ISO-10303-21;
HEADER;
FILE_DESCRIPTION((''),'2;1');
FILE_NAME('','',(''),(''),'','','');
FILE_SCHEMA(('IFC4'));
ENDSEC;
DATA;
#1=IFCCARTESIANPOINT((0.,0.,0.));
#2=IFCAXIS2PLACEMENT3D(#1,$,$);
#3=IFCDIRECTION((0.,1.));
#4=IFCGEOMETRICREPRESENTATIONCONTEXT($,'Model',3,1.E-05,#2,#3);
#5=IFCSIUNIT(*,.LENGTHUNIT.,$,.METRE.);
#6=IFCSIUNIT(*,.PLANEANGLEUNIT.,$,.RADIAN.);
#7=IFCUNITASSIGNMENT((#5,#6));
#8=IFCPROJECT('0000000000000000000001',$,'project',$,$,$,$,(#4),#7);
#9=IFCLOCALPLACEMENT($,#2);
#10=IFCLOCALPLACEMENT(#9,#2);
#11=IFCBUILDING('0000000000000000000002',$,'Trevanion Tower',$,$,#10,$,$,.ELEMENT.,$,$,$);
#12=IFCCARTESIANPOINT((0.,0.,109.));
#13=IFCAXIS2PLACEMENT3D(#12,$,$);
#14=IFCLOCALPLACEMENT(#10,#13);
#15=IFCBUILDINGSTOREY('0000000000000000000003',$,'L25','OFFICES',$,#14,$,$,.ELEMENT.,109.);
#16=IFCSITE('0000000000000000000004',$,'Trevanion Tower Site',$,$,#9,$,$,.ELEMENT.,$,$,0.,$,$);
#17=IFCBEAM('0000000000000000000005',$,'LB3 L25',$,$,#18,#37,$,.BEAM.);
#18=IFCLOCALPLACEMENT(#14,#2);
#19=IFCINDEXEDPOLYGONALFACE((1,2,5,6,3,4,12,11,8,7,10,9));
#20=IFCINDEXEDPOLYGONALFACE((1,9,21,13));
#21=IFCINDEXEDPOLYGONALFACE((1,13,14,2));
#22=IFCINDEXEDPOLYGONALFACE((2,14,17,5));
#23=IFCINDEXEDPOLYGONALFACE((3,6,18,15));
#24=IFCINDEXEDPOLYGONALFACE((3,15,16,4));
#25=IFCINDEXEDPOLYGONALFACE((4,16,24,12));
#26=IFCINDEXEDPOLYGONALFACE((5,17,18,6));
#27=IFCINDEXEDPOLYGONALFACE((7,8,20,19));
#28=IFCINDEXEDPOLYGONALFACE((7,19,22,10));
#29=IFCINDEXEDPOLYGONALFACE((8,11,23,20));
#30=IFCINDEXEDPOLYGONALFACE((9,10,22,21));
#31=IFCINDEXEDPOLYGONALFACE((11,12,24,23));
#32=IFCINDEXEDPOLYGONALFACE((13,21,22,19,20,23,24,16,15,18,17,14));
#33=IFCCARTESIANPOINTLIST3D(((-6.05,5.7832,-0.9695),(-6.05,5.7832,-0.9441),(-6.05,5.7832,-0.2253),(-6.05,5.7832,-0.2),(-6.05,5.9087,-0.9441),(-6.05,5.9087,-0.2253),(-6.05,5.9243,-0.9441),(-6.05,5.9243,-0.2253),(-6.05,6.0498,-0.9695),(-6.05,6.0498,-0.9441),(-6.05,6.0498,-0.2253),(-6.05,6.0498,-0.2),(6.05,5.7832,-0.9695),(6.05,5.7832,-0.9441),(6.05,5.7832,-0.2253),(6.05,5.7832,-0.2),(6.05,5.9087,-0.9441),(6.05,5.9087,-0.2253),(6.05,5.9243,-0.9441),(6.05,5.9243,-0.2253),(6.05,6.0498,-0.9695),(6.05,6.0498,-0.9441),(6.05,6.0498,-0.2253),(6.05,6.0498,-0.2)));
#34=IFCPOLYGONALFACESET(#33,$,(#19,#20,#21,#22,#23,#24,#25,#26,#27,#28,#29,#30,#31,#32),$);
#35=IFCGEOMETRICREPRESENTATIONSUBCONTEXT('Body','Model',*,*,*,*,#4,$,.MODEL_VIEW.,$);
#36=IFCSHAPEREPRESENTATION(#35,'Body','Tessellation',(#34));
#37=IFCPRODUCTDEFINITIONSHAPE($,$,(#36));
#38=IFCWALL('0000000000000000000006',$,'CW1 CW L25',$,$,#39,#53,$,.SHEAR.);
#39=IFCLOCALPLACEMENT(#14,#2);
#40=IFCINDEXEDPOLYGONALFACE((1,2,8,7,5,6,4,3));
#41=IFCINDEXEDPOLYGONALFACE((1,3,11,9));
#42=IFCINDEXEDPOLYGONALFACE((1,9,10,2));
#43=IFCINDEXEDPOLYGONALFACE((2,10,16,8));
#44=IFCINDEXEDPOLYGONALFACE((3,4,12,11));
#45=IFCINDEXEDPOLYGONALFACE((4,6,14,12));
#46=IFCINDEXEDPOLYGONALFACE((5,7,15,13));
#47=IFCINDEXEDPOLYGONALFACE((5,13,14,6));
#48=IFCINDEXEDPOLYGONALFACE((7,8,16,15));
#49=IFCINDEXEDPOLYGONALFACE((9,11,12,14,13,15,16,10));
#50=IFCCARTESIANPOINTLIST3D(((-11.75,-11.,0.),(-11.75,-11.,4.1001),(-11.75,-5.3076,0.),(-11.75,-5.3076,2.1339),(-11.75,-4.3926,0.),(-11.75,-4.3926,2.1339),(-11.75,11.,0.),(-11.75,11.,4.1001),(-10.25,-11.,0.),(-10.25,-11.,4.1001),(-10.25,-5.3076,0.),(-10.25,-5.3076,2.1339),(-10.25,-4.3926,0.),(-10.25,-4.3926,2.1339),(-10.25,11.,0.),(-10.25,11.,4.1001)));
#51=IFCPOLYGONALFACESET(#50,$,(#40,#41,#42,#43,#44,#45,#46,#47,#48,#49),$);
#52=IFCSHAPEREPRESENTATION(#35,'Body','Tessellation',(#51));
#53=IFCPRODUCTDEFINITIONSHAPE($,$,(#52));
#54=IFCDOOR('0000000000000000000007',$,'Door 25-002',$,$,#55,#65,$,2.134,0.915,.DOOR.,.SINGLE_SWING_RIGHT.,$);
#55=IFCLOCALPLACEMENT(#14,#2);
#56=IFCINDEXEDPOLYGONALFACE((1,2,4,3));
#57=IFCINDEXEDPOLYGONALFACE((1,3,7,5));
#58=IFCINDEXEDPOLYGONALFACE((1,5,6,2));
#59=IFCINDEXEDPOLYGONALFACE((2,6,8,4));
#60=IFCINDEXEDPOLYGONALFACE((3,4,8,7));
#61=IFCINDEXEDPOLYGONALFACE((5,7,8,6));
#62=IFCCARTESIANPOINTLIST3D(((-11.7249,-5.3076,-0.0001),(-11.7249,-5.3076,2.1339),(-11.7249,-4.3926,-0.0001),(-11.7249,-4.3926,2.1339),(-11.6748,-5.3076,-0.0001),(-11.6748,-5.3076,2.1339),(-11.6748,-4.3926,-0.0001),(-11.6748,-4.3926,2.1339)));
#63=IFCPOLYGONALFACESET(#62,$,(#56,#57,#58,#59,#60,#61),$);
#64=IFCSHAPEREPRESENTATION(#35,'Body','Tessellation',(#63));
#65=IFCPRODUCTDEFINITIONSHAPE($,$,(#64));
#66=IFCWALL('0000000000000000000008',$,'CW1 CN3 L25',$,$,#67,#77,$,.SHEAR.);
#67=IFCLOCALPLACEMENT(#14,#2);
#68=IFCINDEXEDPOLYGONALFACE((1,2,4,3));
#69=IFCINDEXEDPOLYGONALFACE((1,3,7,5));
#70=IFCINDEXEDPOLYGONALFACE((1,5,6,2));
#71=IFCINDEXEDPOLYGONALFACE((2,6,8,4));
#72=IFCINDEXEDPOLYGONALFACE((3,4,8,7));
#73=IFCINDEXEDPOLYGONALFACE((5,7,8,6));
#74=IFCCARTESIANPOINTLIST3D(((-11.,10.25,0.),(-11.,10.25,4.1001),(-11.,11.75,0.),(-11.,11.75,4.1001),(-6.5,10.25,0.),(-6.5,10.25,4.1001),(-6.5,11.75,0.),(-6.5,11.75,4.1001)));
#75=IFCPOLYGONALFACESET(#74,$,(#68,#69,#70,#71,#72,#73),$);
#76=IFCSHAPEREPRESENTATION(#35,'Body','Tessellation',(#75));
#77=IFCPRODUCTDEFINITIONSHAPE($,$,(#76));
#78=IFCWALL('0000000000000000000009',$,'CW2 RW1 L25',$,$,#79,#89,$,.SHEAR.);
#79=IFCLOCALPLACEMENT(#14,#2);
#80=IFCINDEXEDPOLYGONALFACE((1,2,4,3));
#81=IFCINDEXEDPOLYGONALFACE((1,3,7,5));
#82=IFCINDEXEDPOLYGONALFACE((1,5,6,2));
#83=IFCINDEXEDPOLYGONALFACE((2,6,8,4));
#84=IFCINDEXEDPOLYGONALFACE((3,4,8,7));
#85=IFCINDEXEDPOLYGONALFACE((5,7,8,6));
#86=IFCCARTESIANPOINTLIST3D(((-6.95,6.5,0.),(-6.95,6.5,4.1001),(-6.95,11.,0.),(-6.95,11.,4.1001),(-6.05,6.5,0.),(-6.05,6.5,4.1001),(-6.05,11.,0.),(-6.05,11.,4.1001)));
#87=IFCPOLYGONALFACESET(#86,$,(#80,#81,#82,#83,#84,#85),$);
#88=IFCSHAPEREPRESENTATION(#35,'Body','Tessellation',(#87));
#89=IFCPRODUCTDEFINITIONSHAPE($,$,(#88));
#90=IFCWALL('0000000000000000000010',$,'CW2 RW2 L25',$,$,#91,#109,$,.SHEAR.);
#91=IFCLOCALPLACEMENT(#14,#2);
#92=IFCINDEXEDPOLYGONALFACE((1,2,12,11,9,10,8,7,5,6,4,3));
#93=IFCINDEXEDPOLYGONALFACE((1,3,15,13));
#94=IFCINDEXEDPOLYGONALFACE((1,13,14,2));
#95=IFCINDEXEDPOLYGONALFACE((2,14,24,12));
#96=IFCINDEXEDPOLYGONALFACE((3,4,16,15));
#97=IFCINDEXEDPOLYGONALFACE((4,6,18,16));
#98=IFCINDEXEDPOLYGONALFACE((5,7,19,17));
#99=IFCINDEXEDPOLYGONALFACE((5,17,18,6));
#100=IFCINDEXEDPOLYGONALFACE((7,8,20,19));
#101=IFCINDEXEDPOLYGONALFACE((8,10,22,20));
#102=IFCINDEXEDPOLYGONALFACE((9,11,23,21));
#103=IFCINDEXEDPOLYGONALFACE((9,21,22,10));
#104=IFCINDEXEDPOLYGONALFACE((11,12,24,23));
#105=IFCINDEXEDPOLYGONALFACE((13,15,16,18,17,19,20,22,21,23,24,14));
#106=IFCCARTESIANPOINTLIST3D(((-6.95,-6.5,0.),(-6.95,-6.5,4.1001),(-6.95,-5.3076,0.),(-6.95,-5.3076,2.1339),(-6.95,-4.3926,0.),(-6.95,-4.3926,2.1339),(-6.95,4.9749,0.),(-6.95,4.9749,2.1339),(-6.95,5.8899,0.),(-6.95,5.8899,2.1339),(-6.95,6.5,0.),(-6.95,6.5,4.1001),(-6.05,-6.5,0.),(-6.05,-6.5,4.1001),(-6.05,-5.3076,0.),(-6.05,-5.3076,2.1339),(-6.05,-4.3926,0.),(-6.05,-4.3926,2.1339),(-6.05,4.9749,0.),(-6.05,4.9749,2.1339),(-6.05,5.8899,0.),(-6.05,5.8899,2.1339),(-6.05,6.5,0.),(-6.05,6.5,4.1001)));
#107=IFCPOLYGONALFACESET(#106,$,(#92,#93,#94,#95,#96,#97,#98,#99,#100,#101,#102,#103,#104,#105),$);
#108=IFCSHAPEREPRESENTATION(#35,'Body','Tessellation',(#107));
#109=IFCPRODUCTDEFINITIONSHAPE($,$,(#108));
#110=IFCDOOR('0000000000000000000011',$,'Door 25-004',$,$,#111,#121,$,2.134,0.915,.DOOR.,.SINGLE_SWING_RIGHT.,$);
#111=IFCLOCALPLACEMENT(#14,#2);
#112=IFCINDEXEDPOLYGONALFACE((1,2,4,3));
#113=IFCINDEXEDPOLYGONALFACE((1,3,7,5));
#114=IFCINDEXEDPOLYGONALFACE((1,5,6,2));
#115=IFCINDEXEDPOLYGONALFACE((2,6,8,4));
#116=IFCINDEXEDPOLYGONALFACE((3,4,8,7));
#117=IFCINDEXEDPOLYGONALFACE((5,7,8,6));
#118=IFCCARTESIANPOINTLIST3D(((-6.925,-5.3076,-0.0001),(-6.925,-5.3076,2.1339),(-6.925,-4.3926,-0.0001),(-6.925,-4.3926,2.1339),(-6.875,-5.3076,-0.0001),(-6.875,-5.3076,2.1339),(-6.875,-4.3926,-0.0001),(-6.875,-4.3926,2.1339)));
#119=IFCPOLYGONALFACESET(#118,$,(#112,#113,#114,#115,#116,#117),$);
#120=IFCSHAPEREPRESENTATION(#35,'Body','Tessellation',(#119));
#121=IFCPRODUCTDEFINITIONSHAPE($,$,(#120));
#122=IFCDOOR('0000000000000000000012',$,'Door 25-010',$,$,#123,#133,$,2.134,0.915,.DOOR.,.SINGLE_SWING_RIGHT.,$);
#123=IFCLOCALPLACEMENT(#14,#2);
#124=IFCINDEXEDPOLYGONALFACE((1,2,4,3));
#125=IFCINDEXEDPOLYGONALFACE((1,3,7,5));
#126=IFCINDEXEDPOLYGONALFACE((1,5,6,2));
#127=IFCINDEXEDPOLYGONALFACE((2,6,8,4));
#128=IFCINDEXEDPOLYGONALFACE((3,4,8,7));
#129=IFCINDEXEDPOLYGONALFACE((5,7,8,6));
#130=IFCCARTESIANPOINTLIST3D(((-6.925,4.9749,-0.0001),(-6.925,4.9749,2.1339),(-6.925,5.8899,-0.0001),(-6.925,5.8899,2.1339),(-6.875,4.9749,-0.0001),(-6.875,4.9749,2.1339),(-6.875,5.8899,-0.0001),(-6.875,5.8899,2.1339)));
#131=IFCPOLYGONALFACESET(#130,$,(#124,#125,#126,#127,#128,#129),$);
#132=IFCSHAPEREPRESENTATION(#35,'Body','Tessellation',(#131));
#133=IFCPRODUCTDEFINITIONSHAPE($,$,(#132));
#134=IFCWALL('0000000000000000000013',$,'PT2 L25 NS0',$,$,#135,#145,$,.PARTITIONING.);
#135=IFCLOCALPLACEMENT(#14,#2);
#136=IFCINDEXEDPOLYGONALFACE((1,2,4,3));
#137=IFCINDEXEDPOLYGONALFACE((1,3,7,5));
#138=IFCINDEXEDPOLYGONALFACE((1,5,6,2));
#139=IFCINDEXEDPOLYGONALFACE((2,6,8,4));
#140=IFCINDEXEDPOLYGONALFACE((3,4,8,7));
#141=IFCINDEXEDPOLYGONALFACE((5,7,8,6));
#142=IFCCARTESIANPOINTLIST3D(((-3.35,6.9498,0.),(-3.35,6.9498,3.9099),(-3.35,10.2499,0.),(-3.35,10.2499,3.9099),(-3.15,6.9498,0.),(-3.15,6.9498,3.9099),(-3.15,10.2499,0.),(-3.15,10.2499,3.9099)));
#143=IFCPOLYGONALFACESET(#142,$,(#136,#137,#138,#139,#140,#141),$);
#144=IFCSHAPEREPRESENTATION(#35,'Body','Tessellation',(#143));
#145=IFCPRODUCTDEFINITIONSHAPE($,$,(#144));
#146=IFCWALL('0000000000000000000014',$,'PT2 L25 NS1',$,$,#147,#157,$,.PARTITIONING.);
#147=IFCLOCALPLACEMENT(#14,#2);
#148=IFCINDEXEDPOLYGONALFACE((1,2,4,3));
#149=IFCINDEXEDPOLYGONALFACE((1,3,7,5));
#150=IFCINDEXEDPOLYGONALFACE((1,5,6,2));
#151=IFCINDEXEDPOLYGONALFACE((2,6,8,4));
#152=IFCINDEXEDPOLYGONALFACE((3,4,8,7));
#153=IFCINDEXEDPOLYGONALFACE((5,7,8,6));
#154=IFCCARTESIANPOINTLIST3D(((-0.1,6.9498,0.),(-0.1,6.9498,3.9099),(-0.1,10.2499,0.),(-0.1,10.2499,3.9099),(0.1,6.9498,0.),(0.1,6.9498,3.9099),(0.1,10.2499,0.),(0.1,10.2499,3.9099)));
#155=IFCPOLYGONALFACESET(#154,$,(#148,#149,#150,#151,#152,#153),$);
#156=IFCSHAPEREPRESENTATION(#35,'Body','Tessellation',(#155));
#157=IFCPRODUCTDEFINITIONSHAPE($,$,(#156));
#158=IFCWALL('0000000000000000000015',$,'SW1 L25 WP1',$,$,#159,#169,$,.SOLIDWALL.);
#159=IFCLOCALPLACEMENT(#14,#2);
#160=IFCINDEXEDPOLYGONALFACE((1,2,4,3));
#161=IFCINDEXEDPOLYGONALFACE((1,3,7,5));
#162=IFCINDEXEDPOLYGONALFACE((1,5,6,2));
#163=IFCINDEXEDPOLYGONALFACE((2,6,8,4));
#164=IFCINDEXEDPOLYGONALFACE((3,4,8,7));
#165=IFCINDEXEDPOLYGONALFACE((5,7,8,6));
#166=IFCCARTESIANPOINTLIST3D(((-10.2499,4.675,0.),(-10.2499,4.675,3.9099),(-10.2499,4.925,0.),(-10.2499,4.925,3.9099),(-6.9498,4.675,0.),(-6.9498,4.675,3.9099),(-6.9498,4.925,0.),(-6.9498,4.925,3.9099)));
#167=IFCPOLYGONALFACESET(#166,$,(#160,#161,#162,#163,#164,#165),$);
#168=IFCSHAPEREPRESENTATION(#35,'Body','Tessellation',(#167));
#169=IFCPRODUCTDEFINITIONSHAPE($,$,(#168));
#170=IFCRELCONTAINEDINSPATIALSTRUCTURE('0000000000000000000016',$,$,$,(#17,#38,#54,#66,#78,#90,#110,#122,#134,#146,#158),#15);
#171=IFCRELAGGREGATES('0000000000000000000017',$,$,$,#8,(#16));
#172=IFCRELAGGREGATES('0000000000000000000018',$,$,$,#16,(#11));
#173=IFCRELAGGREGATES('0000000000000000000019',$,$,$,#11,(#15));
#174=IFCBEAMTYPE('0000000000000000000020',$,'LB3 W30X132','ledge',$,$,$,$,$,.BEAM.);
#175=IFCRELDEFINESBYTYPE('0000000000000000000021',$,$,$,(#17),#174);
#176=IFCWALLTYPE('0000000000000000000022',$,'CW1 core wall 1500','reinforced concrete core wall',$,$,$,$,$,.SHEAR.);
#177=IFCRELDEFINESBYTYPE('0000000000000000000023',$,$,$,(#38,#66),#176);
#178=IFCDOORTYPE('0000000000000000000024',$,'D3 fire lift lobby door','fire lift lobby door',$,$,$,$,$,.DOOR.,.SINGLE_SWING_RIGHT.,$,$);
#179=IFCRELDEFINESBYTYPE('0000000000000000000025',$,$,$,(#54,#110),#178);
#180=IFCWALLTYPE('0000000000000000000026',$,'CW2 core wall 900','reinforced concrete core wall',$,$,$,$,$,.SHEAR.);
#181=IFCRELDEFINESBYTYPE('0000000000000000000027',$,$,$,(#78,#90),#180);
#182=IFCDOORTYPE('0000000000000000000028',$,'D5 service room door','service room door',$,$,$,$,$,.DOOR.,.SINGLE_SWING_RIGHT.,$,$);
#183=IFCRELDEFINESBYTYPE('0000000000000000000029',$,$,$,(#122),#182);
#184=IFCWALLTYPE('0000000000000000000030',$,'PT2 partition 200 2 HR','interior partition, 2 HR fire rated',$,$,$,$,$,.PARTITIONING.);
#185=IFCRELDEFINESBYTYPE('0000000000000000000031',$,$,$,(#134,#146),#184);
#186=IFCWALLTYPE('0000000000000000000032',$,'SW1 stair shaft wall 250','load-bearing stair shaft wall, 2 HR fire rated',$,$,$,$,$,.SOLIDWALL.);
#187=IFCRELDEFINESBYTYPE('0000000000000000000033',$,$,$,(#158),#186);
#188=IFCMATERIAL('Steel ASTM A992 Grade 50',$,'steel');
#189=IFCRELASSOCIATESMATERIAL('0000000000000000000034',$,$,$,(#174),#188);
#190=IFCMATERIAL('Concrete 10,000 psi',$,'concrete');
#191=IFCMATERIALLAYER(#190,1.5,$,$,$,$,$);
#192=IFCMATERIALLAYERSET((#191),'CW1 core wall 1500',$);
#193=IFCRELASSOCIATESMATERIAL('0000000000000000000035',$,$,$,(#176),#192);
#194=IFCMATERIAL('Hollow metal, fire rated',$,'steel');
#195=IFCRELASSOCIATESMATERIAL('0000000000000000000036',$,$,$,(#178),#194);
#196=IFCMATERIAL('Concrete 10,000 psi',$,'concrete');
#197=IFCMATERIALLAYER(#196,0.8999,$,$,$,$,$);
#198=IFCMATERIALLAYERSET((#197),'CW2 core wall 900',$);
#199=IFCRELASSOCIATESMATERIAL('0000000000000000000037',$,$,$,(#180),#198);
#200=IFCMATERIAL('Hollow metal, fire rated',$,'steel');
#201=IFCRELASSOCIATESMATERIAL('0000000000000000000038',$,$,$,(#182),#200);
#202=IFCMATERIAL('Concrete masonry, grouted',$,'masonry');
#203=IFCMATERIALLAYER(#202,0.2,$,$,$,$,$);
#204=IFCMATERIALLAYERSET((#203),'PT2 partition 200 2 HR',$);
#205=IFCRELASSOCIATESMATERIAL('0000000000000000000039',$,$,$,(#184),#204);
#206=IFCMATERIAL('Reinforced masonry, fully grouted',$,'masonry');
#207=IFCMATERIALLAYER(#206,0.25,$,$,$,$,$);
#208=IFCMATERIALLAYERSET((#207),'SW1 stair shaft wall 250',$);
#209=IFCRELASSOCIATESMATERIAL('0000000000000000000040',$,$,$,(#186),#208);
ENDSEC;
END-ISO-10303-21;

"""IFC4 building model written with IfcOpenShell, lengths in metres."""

from ifc_helpers import new_model, si_unit, direction, frame, frame_2d, origin, origin_2d, place, context, subcontext, project, spatial, rectangle, i_section, extrude, material, layer, layer_set, material_profile, profile_set, type_object, element, fill, save


model = new_model("IFC4")

# Units and contexts
model_context = context("Model", 3, precision=1e-05, world=origin(), true_north=direction((0.0, 1.0)))
body_context = subcontext(model_context, "Body", "Model", "MODEL_VIEW")
ifc_project = project(units=[si_unit("LENGTHUNIT", "METRE"), si_unit("PLANEANGLEUNIT", "RADIAN")], contexts=[model_context])

# Site, building, storey
site_placement = place(None, origin())
site = spatial("IfcSite", under=ifc_project, at=site_placement, Name="Trevanion Tower Site", CompositionType="ELEMENT", RefElevation=0.0)
building_placement = place(site_placement, origin())
building = spatial("IfcBuilding", under=site, at=building_placement, Name="Trevanion Tower", CompositionType="ELEMENT")
storey_placement = place(building_placement, frame((0.0, 0.0, 109.0)))
storey = spatial("IfcBuildingStorey", under=building, at=storey_placement, Name="L25", Description="OFFICES", CompositionType="ELEMENT", Elevation=109.0)

# Beam
ifc_material_1 = material(Name="Steel ASTM A992 Grade 50", Category="steel")
ifc_material_profile_1 = material_profile(ifc_material_1, i_section(OverallWidth=0.2666, OverallDepth=0.7695, WebThickness=0.0156, FlangeThickness=0.0254, at=origin_2d()), Name="W30X132")
ifc_profile_set_1 = profile_set([ifc_material_profile_1], Name="Steel ASTM A992 Grade 50")
beam_type_1 = type_object("IfcBeamType", Name="LB3 W30X132", Description="ledge", PredefinedType="BEAM", material=ifc_profile_set_1)
beam_1_placement = place(storey_placement, frame((-6.05, 5.9165, -0.5847), z_axis=(1.0, 0.0, 0.0), x_axis=(0.0, 1.0, 0.0)))
element("IfcBeam", 1, at=beam_1_placement, inside=storey, type_object=beam_type_1, Name="LB3 L25", PredefinedType="BEAM", context=body_context, shape_type="SweptSolid", body=[
    extrude(i_section(OverallWidth=0.2666, OverallDepth=0.7695, WebThickness=0.0156, FlangeThickness=0.0254, at=origin_2d()), origin(), (0.0, 0.0, 1.0), 12.1001),
])

# Wall, opening, door
ifc_material_2 = material(Name="Concrete 10,000 psi", Category="concrete")
ifc_layer_1 = layer(ifc_material_2, 1.5)
ifc_layer_set_1 = layer_set([ifc_layer_1], Name="CW1 core wall 1500")
wall_type_1 = type_object("IfcWallType", Name="CW1 core wall 1500", Description="reinforced concrete core wall", PredefinedType="SHEAR", material=ifc_layer_set_1)
wall_1_placement = place(storey_placement, frame((-11.0, 11.0, 0.0), z_axis=(0.0, 0.0, 1.0), x_axis=(0.0, -1.0, 0.0)))
wall_1 = element("IfcWall", 2, at=wall_1_placement, inside=storey, type_object=wall_type_1, Name="CW1 CW L25", PredefinedType="SHEAR", context=body_context, shape_type="SweptSolid", body=[
    extrude(rectangle(XDim=22.0, YDim=1.5, at=frame_2d((11.0, 0.0))), origin(), (0.0, 0.0, 1.0), 4.1001),
])
opening_1_placement = place(wall_1_placement, frame((15.3926, 0.0, 0.0)))
opening_1 = element("IfcOpeningElement", 3, at=opening_1_placement, cuts=wall_1, PredefinedType="OPENING", context=body_context, shape_type="SweptSolid", body=[
    extrude(rectangle(XDim=0.915, YDim=2.134, at=frame_2d((0.4575, 1.0669))), frame((0.0, 0.76, 0.0), z_axis=(0.0, -1.0, 0.0), x_axis=(1.0, 0.0, 0.0)), (0.0, 0.0, 1.0), 1.52),
])
ifc_material_3 = material(Name="Hollow metal, fire rated", Category="steel")
door_type_1 = type_object("IfcDoorType", Name="D3 fire lift lobby door", Description="fire lift lobby door", OperationType="SINGLE_SWING_RIGHT", PredefinedType="DOOR", material=ifc_material_3)
door_1_placement = place(opening_1_placement, origin())
door_1 = element("IfcDoor", 4, at=door_1_placement, inside=storey, type_object=door_type_1, Name="Door 25-002", OperationType="SINGLE_SWING_RIGHT", OverallHeight=2.134, OverallWidth=0.915, PredefinedType="DOOR", context=body_context, shape_type="SweptSolid", body=[
    extrude(rectangle(XDim=0.915, YDim=2.134, at=frame_2d((0.4575, 1.0669))), frame((0.0, -0.6748, 0.0), z_axis=(0.0, -1.0, 0.0), x_axis=(1.0, 0.0, 0.0)), (0.0, 0.0, 1.0), 0.05),
])
fill(opening_1, door_1)

# Walls
wall_2_placement = place(storey_placement, frame((-6.5, 11.0, 0.0), z_axis=(0.0, 0.0, 1.0), x_axis=(-1.0, 0.0, 0.0)))
element("IfcWall", 5, at=wall_2_placement, inside=storey, type_object=wall_type_1, Name="CW1 CN3 L25", PredefinedType="SHEAR", context=body_context, shape_type="SweptSolid", body=[
    extrude(rectangle(XDim=4.5, YDim=1.5, at=frame_2d((2.25, 0.0))), origin(), (0.0, 0.0, 1.0), 4.1001),
])
ifc_material_4 = material(Name="Concrete 10,000 psi", Category="concrete")
ifc_layer_2 = layer(ifc_material_4, 0.8999)
ifc_layer_set_2 = layer_set([ifc_layer_2], Name="CW2 core wall 900")
wall_type_2 = type_object("IfcWallType", Name="CW2 core wall 900", Description="reinforced concrete core wall", PredefinedType="SHEAR", material=ifc_layer_set_2)
wall_3_placement = place(storey_placement, frame((-6.5, 11.0, 0.0), z_axis=(0.0, 0.0, 1.0), x_axis=(0.0, -1.0, 0.0)))
element("IfcWall", 6, at=wall_3_placement, inside=storey, type_object=wall_type_2, Name="CW2 RW1 L25", PredefinedType="SHEAR", context=body_context, shape_type="SweptSolid", body=[
    extrude(rectangle(XDim=4.5, YDim=0.8999, at=frame_2d((2.25, 0.0))), origin(), (0.0, 0.0, 1.0), 4.1001),
])

# Wall, openings, doors
wall_4_placement = place(storey_placement, frame((-6.5, 6.5, 0.0), z_axis=(0.0, 0.0, 1.0), x_axis=(0.0, -1.0, 0.0)))
wall_4 = element("IfcWall", 7, at=wall_4_placement, inside=storey, type_object=wall_type_2, Name="CW2 RW2 L25", PredefinedType="SHEAR", context=body_context, shape_type="SweptSolid", body=[
    extrude(rectangle(XDim=13.0, YDim=0.8999, at=frame_2d((6.5, 0.0))), origin(), (0.0, 0.0, 1.0), 4.1001),
])
opening_2_placement = place(wall_4_placement, frame((10.8926, 0.0, 0.0)))
opening_2 = element("IfcOpeningElement", 8, at=opening_2_placement, cuts=wall_4, PredefinedType="OPENING", context=body_context, shape_type="SweptSolid", body=[
    extrude(rectangle(XDim=0.915, YDim=2.134, at=frame_2d((0.4575, 1.0669))), frame((0.0, 0.46, 0.0), z_axis=(0.0, -1.0, 0.0), x_axis=(1.0, 0.0, 0.0)), (0.0, 0.0, 1.0), 0.9199),
])
opening_3_placement = place(wall_4_placement, frame((0.6101, 0.0, 0.0)))
opening_3 = element("IfcOpeningElement", 9, at=opening_3_placement, cuts=wall_4, PredefinedType="OPENING", context=body_context, shape_type="SweptSolid", body=[
    extrude(rectangle(XDim=0.915, YDim=2.134, at=frame_2d((0.4575, 1.0669))), frame((0.0, 0.46, 0.0), z_axis=(0.0, -1.0, 0.0), x_axis=(1.0, 0.0, 0.0)), (0.0, 0.0, 1.0), 0.9199),
])
door_2_placement = place(opening_2_placement, origin())
door_2 = element("IfcDoor", 10, at=door_2_placement, inside=storey, type_object=door_type_1, Name="Door 25-004", OperationType="SINGLE_SWING_RIGHT", OverallHeight=2.134, OverallWidth=0.915, PredefinedType="DOOR", context=body_context, shape_type="SweptSolid", body=[
    extrude(rectangle(XDim=0.915, YDim=2.134, at=frame_2d((0.4575, 1.0669))), frame((0.0, -0.375, 0.0), z_axis=(0.0, -1.0, 0.0), x_axis=(1.0, 0.0, 0.0)), (0.0, 0.0, 1.0), 0.05),
])
fill(opening_2, door_2)
ifc_material_5 = material(Name="Hollow metal, fire rated", Category="steel")
door_type_2 = type_object("IfcDoorType", Name="D5 service room door", Description="service room door", OperationType="SINGLE_SWING_RIGHT", PredefinedType="DOOR", material=ifc_material_5)
door_3_placement = place(opening_3_placement, origin())
door_3 = element("IfcDoor", 11, at=door_3_placement, inside=storey, type_object=door_type_2, Name="Door 25-010", OperationType="SINGLE_SWING_RIGHT", OverallHeight=2.134, OverallWidth=0.915, PredefinedType="DOOR", context=body_context, shape_type="SweptSolid", body=[
    extrude(rectangle(XDim=0.915, YDim=2.134, at=frame_2d((0.4575, 1.0669))), frame((0.0, -0.375, 0.0), z_axis=(0.0, -1.0, 0.0), x_axis=(1.0, 0.0, 0.0)), (0.0, 0.0, 1.0), 0.05),
])
fill(opening_3, door_3)

# Walls
ifc_material_6 = material(Name="Concrete masonry, grouted", Category="masonry")
ifc_layer_3 = layer(ifc_material_6, 0.2)
ifc_layer_set_3 = layer_set([ifc_layer_3], Name="PT2 partition 200 2 HR")
wall_type_3 = type_object("IfcWallType", Name="PT2 partition 200 2 HR", Description="interior partition, 2 HR fire rated", PredefinedType="PARTITIONING", material=ifc_layer_set_3)
for number, where, z_axis, x_axis, name in (
    (12, (-3.25, 6.95, 0.0), (0.0, 0.0, 1.0), (0.0, 1.0, 0.0), "PT2 L25 NS0"),
    (13, (0.0, 6.95, 0.0), (0.0, 0.0, 1.0), (0.0, 1.0, 0.0), "PT2 L25 NS1"),
):
    element("IfcWall", number, at=place(storey_placement, frame(where, z_axis=z_axis, x_axis=x_axis)), inside=storey, type_object=wall_type_3, Name=name, PredefinedType="PARTITIONING", context=body_context, shape_type="SweptSolid", body=[
        extrude(rectangle(XDim=3.3, YDim=0.2, at=frame_2d((1.6499, 0.0))), origin(), (0.0, 0.0, 1.0), 3.9099),
    ])
ifc_material_7 = material(Name="Reinforced masonry, fully grouted", Category="masonry")
ifc_layer_4 = layer(ifc_material_7, 0.25)
ifc_layer_set_4 = layer_set([ifc_layer_4], Name="SW1 stair shaft wall 250")
wall_type_4 = type_object("IfcWallType", Name="SW1 stair shaft wall 250", Description="load-bearing stair shaft wall, 2 HR fire rated", PredefinedType="SOLIDWALL", material=ifc_layer_set_4)
wall_5_placement = place(storey_placement, frame((-6.95, 4.8, 0.0), z_axis=(0.0, 0.0, 1.0), x_axis=(-1.0, 0.0, 0.0)))
element("IfcWall", 14, at=wall_5_placement, inside=storey, type_object=wall_type_4, Name="SW1 L25 WP1", PredefinedType="SOLIDWALL", context=body_context, shape_type="SweptSolid", body=[
    extrude(rectangle(XDim=3.3, YDim=0.25, at=frame_2d((1.6499, 0.0))), origin(), (0.0, 0.0, 1.0), 3.9099),
])

save(model, "model.ifc")
